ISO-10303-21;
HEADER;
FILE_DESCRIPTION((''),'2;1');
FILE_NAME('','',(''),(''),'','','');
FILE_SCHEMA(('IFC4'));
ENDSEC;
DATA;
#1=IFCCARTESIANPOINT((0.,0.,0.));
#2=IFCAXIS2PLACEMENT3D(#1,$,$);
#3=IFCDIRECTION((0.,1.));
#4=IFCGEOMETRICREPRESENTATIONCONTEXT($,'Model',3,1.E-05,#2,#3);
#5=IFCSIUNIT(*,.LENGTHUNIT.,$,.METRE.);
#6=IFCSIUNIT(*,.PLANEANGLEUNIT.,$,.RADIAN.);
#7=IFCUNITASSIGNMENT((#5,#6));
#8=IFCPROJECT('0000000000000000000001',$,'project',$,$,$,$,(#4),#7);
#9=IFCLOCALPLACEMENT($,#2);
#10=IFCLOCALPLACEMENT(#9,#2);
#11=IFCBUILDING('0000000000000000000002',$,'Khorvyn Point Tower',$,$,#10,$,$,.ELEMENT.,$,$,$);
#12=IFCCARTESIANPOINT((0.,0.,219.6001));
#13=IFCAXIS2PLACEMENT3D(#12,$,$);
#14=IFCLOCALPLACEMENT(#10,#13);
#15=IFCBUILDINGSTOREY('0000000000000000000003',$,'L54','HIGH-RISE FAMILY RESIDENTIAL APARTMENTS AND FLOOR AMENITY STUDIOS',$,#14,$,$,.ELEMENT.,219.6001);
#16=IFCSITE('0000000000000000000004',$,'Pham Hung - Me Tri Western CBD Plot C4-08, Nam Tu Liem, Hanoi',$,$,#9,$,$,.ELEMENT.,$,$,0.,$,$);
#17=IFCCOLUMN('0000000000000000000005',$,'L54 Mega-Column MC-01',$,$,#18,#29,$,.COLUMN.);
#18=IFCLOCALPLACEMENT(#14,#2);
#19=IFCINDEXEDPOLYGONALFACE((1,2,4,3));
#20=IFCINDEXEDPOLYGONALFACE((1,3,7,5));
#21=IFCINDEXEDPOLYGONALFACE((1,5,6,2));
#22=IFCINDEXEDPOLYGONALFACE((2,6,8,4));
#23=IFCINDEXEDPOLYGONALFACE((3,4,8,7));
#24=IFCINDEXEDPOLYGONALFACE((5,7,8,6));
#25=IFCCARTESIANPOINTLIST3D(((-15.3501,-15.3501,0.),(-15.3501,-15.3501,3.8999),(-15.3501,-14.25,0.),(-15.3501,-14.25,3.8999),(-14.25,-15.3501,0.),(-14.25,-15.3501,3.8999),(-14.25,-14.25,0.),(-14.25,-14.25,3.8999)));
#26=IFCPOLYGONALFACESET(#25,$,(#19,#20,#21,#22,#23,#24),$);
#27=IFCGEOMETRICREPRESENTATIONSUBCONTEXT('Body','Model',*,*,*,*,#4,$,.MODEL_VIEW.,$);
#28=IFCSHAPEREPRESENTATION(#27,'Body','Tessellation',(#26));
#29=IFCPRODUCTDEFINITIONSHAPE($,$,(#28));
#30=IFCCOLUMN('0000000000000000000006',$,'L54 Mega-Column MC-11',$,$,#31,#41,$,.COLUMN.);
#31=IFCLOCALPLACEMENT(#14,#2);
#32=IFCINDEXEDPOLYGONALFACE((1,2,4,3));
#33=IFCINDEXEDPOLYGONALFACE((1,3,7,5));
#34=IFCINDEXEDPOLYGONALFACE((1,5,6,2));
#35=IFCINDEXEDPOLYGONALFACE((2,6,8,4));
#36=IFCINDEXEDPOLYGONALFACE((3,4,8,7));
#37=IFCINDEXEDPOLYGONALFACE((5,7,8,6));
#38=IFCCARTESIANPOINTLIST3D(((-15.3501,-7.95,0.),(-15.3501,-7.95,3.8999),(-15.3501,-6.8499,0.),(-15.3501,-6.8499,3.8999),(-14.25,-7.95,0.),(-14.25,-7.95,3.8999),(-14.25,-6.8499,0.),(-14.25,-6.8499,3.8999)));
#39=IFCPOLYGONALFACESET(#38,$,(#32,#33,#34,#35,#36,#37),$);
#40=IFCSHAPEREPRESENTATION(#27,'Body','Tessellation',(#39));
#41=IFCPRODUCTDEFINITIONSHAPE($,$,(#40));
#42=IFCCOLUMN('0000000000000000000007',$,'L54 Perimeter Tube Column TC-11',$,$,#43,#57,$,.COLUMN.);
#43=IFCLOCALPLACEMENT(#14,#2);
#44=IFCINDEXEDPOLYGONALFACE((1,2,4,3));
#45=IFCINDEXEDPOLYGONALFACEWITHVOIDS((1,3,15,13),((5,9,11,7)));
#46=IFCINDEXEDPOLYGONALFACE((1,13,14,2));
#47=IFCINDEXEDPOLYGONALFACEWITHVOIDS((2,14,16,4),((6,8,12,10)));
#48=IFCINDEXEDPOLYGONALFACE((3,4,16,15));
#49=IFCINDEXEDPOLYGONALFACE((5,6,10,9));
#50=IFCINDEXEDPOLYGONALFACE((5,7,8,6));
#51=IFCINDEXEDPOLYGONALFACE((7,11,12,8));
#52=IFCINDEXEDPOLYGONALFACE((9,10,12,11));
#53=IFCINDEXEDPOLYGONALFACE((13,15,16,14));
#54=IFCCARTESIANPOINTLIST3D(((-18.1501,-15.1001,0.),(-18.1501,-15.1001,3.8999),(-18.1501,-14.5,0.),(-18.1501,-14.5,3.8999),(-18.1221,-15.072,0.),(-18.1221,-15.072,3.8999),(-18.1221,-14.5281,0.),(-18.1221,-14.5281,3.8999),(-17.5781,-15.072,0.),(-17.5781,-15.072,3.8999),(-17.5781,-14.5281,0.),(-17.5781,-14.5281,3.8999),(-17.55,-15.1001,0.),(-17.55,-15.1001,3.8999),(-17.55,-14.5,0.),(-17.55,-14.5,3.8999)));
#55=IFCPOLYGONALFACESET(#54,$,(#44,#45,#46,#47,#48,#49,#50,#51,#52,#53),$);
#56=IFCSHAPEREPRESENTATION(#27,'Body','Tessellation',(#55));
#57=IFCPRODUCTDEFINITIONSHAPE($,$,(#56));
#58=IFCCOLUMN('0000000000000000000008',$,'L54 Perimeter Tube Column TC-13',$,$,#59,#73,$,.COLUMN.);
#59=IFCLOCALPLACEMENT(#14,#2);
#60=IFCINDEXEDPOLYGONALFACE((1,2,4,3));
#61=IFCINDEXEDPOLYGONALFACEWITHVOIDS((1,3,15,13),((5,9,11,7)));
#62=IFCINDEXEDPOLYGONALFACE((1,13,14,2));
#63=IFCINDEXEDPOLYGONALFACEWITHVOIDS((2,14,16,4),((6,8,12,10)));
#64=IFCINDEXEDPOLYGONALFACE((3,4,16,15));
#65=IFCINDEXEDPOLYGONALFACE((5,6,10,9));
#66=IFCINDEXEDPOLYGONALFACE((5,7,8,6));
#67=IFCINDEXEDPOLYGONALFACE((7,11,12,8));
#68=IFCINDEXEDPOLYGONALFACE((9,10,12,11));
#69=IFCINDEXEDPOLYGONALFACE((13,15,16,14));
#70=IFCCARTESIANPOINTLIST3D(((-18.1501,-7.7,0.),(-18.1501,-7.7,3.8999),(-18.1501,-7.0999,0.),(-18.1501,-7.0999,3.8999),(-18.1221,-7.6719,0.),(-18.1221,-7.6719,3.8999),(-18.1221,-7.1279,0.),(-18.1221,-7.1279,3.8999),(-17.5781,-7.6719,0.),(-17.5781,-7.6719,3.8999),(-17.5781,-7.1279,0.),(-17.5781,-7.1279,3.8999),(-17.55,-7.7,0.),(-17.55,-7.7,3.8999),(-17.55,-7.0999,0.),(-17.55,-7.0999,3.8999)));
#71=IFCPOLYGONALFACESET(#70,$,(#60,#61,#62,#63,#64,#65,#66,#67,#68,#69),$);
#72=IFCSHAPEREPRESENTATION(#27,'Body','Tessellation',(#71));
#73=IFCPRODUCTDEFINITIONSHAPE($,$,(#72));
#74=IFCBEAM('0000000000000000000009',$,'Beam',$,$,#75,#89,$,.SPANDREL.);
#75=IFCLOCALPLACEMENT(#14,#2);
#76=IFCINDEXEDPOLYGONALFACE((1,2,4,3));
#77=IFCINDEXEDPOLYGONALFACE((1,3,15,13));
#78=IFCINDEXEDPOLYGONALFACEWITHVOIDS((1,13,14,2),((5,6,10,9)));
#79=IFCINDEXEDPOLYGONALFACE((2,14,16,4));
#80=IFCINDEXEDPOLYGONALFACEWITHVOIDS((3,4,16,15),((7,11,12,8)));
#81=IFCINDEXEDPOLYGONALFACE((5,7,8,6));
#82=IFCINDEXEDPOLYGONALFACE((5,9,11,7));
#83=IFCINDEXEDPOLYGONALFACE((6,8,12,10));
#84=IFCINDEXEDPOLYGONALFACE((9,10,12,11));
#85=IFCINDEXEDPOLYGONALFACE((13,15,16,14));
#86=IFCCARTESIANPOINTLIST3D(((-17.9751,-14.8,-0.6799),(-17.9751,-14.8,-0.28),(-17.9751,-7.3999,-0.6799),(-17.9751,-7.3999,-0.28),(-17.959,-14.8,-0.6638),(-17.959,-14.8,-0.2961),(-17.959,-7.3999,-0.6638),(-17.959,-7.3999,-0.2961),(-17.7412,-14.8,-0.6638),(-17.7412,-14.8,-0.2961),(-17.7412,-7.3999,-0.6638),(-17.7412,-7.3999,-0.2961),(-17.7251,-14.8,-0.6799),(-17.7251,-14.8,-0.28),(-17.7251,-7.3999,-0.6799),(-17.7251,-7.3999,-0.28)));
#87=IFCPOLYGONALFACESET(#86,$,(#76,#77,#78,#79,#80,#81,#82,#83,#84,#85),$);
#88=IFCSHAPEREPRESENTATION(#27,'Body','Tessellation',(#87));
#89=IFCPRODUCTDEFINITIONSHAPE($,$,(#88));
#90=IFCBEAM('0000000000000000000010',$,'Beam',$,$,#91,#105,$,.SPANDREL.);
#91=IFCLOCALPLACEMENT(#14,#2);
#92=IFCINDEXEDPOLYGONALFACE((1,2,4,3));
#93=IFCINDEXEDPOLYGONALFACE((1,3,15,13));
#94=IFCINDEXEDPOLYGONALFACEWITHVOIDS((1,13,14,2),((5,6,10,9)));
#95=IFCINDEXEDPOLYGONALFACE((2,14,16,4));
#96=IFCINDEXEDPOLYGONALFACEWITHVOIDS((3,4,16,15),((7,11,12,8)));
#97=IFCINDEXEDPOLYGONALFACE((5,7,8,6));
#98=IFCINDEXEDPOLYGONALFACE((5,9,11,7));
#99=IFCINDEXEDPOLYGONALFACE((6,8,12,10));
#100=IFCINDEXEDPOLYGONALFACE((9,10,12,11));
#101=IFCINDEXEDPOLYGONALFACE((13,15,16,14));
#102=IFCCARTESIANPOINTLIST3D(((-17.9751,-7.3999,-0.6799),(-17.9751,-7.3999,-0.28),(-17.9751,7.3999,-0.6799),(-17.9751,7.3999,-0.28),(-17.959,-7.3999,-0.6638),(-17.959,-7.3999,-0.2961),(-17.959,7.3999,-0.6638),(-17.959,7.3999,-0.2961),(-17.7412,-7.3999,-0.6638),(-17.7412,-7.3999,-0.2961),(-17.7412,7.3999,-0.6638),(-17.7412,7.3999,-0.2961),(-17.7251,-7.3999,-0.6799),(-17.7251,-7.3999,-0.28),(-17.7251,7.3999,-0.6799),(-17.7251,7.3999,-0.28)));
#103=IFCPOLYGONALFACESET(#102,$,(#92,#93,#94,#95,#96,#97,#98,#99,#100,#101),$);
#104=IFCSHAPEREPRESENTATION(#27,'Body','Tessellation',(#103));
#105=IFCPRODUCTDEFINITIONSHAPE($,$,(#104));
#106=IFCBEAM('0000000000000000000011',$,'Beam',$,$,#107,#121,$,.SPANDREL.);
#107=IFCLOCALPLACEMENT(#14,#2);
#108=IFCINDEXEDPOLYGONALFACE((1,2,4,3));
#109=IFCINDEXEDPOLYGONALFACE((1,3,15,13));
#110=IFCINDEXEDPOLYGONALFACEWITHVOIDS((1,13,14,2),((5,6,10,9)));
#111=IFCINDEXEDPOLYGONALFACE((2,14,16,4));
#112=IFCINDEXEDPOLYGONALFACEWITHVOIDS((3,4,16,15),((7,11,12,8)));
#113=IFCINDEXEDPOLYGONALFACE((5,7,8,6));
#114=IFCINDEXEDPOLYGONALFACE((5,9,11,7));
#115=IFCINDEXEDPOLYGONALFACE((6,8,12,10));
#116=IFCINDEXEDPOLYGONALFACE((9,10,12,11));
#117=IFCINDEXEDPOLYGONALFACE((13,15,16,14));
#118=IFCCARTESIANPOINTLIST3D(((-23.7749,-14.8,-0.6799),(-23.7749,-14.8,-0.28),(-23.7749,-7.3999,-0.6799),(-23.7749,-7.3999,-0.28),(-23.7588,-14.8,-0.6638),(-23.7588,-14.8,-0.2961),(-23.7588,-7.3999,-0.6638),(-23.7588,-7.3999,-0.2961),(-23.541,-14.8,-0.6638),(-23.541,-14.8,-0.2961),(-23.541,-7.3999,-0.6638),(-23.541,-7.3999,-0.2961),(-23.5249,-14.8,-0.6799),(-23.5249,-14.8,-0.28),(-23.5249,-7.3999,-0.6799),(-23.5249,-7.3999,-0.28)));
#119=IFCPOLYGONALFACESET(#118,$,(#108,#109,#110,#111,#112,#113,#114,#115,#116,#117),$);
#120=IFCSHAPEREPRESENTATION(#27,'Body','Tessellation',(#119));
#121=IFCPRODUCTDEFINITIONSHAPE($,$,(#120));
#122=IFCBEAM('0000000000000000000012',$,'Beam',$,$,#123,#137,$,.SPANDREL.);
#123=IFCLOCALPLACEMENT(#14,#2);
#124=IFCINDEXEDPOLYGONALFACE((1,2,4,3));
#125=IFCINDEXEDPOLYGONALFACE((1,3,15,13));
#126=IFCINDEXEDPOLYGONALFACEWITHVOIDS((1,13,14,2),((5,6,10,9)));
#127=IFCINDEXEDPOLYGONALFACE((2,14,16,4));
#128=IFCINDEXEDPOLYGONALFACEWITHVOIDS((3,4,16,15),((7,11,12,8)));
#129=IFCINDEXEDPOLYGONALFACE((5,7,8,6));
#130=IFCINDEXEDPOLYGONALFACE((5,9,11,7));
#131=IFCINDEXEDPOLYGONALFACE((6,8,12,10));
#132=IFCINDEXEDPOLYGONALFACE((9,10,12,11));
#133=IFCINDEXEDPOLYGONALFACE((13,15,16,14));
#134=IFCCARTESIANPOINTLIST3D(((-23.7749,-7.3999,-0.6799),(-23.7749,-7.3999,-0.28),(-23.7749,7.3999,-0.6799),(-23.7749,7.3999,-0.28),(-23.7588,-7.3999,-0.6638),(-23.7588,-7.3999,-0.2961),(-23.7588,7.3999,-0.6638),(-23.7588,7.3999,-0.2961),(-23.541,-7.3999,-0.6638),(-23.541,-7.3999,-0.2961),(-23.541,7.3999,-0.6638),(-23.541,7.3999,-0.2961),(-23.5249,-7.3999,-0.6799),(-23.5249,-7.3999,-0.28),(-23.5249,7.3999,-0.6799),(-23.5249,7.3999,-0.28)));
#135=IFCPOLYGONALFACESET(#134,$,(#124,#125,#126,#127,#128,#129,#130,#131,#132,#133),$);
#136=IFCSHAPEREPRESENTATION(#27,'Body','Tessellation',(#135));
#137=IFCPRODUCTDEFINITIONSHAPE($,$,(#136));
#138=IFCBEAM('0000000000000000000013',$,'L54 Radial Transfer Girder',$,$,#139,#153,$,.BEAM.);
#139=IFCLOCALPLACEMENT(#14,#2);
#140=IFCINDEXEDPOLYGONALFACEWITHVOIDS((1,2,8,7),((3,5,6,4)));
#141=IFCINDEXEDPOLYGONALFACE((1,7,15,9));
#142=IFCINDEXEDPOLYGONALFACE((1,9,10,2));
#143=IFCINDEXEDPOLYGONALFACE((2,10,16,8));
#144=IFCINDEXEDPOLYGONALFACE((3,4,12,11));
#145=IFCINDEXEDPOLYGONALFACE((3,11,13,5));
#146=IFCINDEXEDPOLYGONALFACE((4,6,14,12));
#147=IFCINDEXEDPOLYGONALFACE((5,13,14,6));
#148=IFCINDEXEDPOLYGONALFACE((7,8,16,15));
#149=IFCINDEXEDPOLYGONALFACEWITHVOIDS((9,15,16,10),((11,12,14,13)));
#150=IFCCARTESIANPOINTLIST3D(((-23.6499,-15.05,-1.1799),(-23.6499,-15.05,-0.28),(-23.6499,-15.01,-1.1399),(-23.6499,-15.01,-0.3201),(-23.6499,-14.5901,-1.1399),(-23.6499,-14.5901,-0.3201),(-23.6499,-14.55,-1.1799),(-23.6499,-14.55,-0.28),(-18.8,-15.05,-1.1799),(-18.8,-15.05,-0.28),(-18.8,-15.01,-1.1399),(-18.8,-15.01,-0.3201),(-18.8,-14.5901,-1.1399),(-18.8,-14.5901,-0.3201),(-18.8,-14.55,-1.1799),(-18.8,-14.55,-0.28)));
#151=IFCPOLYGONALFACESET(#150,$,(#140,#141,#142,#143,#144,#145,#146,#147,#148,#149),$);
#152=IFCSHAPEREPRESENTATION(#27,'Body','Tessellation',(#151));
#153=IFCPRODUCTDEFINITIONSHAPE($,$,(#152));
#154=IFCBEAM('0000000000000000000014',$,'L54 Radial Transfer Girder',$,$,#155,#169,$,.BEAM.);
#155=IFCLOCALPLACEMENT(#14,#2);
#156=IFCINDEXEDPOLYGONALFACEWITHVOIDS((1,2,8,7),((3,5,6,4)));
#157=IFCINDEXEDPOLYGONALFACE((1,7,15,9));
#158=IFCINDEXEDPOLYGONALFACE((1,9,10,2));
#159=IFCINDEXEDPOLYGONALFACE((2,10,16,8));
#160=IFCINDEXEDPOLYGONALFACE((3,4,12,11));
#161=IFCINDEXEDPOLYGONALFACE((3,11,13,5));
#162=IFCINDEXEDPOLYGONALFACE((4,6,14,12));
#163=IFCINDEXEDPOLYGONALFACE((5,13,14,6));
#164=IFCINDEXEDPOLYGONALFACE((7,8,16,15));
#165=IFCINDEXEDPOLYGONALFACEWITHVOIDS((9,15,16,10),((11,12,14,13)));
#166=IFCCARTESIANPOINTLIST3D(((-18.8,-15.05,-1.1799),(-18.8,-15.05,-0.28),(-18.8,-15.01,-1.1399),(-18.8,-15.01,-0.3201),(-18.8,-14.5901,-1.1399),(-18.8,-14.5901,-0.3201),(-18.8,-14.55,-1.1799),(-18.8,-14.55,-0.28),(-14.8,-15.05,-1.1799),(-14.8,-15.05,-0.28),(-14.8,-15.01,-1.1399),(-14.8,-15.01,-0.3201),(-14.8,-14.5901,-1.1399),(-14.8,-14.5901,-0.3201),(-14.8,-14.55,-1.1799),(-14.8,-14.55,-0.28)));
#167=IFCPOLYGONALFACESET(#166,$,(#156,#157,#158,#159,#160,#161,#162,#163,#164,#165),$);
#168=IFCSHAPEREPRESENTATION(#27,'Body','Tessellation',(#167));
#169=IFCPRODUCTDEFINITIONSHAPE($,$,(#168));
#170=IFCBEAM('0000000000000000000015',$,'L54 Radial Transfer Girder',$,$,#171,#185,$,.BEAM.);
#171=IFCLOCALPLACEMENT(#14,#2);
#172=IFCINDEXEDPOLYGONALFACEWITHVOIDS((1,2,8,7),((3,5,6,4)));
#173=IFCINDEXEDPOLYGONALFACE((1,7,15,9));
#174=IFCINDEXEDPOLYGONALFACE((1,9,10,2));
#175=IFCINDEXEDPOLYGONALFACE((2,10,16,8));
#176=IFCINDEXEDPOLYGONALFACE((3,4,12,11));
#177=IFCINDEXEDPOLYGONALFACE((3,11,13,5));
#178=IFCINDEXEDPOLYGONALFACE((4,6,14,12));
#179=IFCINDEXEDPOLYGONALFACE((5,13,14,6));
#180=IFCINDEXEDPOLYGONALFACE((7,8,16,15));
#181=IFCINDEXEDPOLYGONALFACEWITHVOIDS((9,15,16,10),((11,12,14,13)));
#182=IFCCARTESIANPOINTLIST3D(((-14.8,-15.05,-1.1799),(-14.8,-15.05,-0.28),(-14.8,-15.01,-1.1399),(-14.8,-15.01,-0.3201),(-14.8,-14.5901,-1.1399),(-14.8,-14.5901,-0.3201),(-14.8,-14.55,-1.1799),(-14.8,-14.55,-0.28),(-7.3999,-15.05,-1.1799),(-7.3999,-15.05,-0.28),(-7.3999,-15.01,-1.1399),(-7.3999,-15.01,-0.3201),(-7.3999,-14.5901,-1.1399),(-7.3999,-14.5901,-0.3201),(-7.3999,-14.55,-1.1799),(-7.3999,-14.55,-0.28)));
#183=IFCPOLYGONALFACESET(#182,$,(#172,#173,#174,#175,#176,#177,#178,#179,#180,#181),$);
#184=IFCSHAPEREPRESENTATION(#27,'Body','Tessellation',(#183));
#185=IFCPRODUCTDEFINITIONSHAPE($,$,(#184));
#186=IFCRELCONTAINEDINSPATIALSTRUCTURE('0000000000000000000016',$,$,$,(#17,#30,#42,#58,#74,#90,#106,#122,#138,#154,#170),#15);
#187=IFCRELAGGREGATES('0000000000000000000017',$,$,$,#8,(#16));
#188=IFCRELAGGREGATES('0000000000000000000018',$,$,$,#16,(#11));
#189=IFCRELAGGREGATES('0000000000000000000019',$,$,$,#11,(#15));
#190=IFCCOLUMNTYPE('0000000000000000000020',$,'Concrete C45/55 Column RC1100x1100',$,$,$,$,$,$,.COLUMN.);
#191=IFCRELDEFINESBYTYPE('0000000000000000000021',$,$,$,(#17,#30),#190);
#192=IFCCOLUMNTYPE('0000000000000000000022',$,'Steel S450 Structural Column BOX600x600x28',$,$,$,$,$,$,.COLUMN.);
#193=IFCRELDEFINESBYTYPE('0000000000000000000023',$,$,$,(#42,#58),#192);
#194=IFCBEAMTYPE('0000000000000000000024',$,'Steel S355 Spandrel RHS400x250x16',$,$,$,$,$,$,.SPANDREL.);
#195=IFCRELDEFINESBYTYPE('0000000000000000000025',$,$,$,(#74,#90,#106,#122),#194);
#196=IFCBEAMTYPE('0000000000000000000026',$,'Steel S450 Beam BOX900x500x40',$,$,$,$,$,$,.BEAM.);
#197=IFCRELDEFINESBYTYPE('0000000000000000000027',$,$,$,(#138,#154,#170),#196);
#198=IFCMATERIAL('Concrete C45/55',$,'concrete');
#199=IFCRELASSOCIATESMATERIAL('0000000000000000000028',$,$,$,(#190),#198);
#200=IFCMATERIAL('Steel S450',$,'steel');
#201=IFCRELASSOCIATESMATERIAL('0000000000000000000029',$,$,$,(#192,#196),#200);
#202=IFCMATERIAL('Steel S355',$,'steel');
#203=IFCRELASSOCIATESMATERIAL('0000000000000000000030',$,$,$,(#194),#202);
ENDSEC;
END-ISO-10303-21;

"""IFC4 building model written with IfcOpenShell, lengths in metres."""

from ifc_helpers import new_model, si_unit, direction, frame, origin, origin_2d, place, context, subcontext, project, spatial, rectangle, hollow_rectangle, extrude, material, material_profile, profile_set, type_object, element, save


model = new_model("IFC4")

# Units and contexts
model_context = context("Model", 3, precision=1e-05, world=origin(), true_north=direction((0.0, 1.0)))
body_context = subcontext(model_context, "Body", "Model", "MODEL_VIEW")
ifc_project = project(units=[si_unit("LENGTHUNIT", "METRE"), si_unit("PLANEANGLEUNIT", "RADIAN")], contexts=[model_context])

# Site, building, storey
site_placement = place(None, origin())
site = spatial("IfcSite", under=ifc_project, at=site_placement, Name="Pham Hung - Me Tri Western CBD Plot C4-08, Nam Tu Liem, Hanoi", CompositionType="ELEMENT", RefElevation=0.0)
building_placement = place(site_placement, origin())
building = spatial("IfcBuilding", under=site, at=building_placement, Name="Khorvyn Point Tower", CompositionType="ELEMENT")
storey_placement = place(building_placement, frame((0.0, 0.0, 219.6001)))
storey = spatial("IfcBuildingStorey", under=building, at=storey_placement, Name="L54", Description="HIGH-RISE FAMILY RESIDENTIAL APARTMENTS AND FLOOR AMENITY STUDIOS", CompositionType="ELEMENT", Elevation=219.6001)

# Columns
ifc_material_1 = material(Name="Concrete C45/55", Category="concrete")
ifc_material_profile_1 = material_profile(ifc_material_1, rectangle(XDim=1.1001, YDim=1.1001, at=origin_2d()))
ifc_profile_set_1 = profile_set([ifc_material_profile_1], Name="Concrete C45/55 RC1100x1100")
column_type_1 = type_object("IfcColumnType", Name="Concrete C45/55 Column RC1100x1100", PredefinedType="COLUMN", material=ifc_profile_set_1)
for number, where, z_axis, x_axis, name in (
    (1, (-14.8, -14.8, 0.0), (0.0, 0.0, 1.0), (1.0, 0.0, 0.0), "L54 Mega-Column MC-01"),
    (2, (-14.8, -7.3999, 0.0), (0.0, 0.0, 1.0), (1.0, 0.0, 0.0), "L54 Mega-Column MC-11"),
):
    element("IfcColumn", number, at=place(storey_placement, frame(where, z_axis=z_axis, x_axis=x_axis)), inside=storey, type_object=column_type_1, Name=name, PredefinedType="COLUMN", context=body_context, shape_type="SweptSolid", body=[
        extrude(rectangle(XDim=1.1001, YDim=1.1001, at=origin_2d()), origin(), (0.0, 0.0, 1.0), 3.8999),
    ])
ifc_material_2 = material(Name="Steel S450", Category="steel")
ifc_material_profile_2 = material_profile(ifc_material_2, hollow_rectangle(XDim=0.6001, YDim=0.6001, WallThickness=0.0281, at=origin_2d()))
ifc_profile_set_2 = profile_set([ifc_material_profile_2], Name="Steel S450 BOX600x600x28")
column_type_2 = type_object("IfcColumnType", Name="Steel S450 Structural Column BOX600x600x28", PredefinedType="COLUMN", material=ifc_profile_set_2)
for number, where, z_axis, x_axis, name in (
    (3, (-17.8501, -14.8, 0.0), (0.0, 0.0, 1.0), (1.0, 0.0, 0.0), "L54 Perimeter Tube Column TC-11"),
    (4, (-17.8501, -7.3999, 0.0), (0.0, 0.0, 1.0), (1.0, 0.0, 0.0), "L54 Perimeter Tube Column TC-13"),
):
    element("IfcColumn", number, at=place(storey_placement, frame(where, z_axis=z_axis, x_axis=x_axis)), inside=storey, type_object=column_type_2, Name=name, PredefinedType="COLUMN", context=body_context, shape_type="SweptSolid", body=[
        extrude(hollow_rectangle(XDim=0.6001, YDim=0.6001, WallThickness=0.0281, at=origin_2d()), origin(), (0.0, 0.0, 1.0), 3.8999),
    ])

# Beams
ifc_material_3 = material(Name="Steel S355", Category="steel")
ifc_material_profile_3 = material_profile(ifc_material_3, hollow_rectangle(XDim=0.25, YDim=0.3999, WallThickness=0.0161, at=origin_2d()))
ifc_profile_set_3 = profile_set([ifc_material_profile_3], Name="Steel S355 RHS400x250x16")
beam_type_1 = type_object("IfcBeamType", Name="Steel S355 Spandrel RHS400x250x16", PredefinedType="SPANDREL", material=ifc_profile_set_3)
beam_1_placement = place(storey_placement, frame((-17.8501, -14.8, -0.48), z_axis=(0.0, 1.0, 0.0), x_axis=(-1.0, 0.0, 0.0)))
element("IfcBeam", 5, at=beam_1_placement, inside=storey, type_object=beam_type_1, Name="Beam", PredefinedType="SPANDREL", context=body_context, shape_type="SweptSolid", body=[
    extrude(hollow_rectangle(XDim=0.25, YDim=0.3999, WallThickness=0.0161, at=origin_2d()), origin(), (0.0, 0.0, 1.0), 7.4001),
])
beam_2_placement = place(storey_placement, frame((-17.8501, -7.3999, -0.48), z_axis=(0.0, 1.0, 0.0), x_axis=(-1.0, 0.0, 0.0)))
element("IfcBeam", 6, at=beam_2_placement, inside=storey, type_object=beam_type_1, Name="Beam", PredefinedType="SPANDREL", context=body_context, shape_type="SweptSolid", body=[
    extrude(hollow_rectangle(XDim=0.25, YDim=0.3999, WallThickness=0.0161, at=origin_2d()), origin(), (0.0, 0.0, 1.0), 14.7998),
])
beam_3_placement = place(storey_placement, frame((-23.6499, -14.8, -0.48), z_axis=(0.0, 1.0, 0.0), x_axis=(-1.0, 0.0, 0.0)))
element("IfcBeam", 7, at=beam_3_placement, inside=storey, type_object=beam_type_1, Name="Beam", PredefinedType="SPANDREL", context=body_context, shape_type="SweptSolid", body=[
    extrude(hollow_rectangle(XDim=0.25, YDim=0.3999, WallThickness=0.0161, at=origin_2d()), origin(), (0.0, 0.0, 1.0), 7.4001),
])
beam_4_placement = place(storey_placement, frame((-23.6499, -7.3999, -0.48), z_axis=(0.0, 1.0, 0.0), x_axis=(-1.0, 0.0, 0.0)))
element("IfcBeam", 8, at=beam_4_placement, inside=storey, type_object=beam_type_1, Name="Beam", PredefinedType="SPANDREL", context=body_context, shape_type="SweptSolid", body=[
    extrude(hollow_rectangle(XDim=0.25, YDim=0.3999, WallThickness=0.0161, at=origin_2d()), origin(), (0.0, 0.0, 1.0), 14.7998),
])
ifc_material_profile_4 = material_profile(ifc_material_2, hollow_rectangle(XDim=0.5, YDim=0.8999, WallThickness=0.04, at=origin_2d()))
ifc_profile_set_4 = profile_set([ifc_material_profile_4], Name="Steel S450 BOX900x500x40")
beam_type_2 = type_object("IfcBeamType", Name="Steel S450 Beam BOX900x500x40", PredefinedType="BEAM", material=ifc_profile_set_4)
beam_5_placement = place(storey_placement, frame((-23.6499, -14.8, -0.73), z_axis=(1.0, 0.0, 0.0), x_axis=(0.0, 1.0, 0.0)))
element("IfcBeam", 9, at=beam_5_placement, inside=storey, type_object=beam_type_2, Name="L54 Radial Transfer Girder", PredefinedType="BEAM", context=body_context, shape_type="SweptSolid", body=[
    extrude(hollow_rectangle(XDim=0.5, YDim=0.8999, WallThickness=0.04, at=origin_2d()), origin(), (0.0, 0.0, 1.0), 4.8499),
])
beam_6_placement = place(storey_placement, frame((-18.8, -14.8, -0.73), z_axis=(1.0, 0.0, 0.0), x_axis=(0.0, 1.0, 0.0)))
element("IfcBeam", 10, at=beam_6_placement, inside=storey, type_object=beam_type_2, Name="L54 Radial Transfer Girder", PredefinedType="BEAM", context=body_context, shape_type="SweptSolid", body=[
    extrude(hollow_rectangle(XDim=0.5, YDim=0.8999, WallThickness=0.04, at=origin_2d()), origin(), (0.0, 0.0, 1.0), 4.0),
])
beam_7_placement = place(storey_placement, frame((-14.8, -14.8, -0.73), z_axis=(1.0, 0.0, 0.0), x_axis=(0.0, 1.0, 0.0)))
element("IfcBeam", 11, at=beam_7_placement, inside=storey, type_object=beam_type_2, Name="L54 Radial Transfer Girder", PredefinedType="BEAM", context=body_context, shape_type="SweptSolid", body=[
    extrude(hollow_rectangle(XDim=0.5, YDim=0.8999, WallThickness=0.04, at=origin_2d()), origin(), (0.0, 0.0, 1.0), 7.4001),
])

save(model, "model.ifc")
